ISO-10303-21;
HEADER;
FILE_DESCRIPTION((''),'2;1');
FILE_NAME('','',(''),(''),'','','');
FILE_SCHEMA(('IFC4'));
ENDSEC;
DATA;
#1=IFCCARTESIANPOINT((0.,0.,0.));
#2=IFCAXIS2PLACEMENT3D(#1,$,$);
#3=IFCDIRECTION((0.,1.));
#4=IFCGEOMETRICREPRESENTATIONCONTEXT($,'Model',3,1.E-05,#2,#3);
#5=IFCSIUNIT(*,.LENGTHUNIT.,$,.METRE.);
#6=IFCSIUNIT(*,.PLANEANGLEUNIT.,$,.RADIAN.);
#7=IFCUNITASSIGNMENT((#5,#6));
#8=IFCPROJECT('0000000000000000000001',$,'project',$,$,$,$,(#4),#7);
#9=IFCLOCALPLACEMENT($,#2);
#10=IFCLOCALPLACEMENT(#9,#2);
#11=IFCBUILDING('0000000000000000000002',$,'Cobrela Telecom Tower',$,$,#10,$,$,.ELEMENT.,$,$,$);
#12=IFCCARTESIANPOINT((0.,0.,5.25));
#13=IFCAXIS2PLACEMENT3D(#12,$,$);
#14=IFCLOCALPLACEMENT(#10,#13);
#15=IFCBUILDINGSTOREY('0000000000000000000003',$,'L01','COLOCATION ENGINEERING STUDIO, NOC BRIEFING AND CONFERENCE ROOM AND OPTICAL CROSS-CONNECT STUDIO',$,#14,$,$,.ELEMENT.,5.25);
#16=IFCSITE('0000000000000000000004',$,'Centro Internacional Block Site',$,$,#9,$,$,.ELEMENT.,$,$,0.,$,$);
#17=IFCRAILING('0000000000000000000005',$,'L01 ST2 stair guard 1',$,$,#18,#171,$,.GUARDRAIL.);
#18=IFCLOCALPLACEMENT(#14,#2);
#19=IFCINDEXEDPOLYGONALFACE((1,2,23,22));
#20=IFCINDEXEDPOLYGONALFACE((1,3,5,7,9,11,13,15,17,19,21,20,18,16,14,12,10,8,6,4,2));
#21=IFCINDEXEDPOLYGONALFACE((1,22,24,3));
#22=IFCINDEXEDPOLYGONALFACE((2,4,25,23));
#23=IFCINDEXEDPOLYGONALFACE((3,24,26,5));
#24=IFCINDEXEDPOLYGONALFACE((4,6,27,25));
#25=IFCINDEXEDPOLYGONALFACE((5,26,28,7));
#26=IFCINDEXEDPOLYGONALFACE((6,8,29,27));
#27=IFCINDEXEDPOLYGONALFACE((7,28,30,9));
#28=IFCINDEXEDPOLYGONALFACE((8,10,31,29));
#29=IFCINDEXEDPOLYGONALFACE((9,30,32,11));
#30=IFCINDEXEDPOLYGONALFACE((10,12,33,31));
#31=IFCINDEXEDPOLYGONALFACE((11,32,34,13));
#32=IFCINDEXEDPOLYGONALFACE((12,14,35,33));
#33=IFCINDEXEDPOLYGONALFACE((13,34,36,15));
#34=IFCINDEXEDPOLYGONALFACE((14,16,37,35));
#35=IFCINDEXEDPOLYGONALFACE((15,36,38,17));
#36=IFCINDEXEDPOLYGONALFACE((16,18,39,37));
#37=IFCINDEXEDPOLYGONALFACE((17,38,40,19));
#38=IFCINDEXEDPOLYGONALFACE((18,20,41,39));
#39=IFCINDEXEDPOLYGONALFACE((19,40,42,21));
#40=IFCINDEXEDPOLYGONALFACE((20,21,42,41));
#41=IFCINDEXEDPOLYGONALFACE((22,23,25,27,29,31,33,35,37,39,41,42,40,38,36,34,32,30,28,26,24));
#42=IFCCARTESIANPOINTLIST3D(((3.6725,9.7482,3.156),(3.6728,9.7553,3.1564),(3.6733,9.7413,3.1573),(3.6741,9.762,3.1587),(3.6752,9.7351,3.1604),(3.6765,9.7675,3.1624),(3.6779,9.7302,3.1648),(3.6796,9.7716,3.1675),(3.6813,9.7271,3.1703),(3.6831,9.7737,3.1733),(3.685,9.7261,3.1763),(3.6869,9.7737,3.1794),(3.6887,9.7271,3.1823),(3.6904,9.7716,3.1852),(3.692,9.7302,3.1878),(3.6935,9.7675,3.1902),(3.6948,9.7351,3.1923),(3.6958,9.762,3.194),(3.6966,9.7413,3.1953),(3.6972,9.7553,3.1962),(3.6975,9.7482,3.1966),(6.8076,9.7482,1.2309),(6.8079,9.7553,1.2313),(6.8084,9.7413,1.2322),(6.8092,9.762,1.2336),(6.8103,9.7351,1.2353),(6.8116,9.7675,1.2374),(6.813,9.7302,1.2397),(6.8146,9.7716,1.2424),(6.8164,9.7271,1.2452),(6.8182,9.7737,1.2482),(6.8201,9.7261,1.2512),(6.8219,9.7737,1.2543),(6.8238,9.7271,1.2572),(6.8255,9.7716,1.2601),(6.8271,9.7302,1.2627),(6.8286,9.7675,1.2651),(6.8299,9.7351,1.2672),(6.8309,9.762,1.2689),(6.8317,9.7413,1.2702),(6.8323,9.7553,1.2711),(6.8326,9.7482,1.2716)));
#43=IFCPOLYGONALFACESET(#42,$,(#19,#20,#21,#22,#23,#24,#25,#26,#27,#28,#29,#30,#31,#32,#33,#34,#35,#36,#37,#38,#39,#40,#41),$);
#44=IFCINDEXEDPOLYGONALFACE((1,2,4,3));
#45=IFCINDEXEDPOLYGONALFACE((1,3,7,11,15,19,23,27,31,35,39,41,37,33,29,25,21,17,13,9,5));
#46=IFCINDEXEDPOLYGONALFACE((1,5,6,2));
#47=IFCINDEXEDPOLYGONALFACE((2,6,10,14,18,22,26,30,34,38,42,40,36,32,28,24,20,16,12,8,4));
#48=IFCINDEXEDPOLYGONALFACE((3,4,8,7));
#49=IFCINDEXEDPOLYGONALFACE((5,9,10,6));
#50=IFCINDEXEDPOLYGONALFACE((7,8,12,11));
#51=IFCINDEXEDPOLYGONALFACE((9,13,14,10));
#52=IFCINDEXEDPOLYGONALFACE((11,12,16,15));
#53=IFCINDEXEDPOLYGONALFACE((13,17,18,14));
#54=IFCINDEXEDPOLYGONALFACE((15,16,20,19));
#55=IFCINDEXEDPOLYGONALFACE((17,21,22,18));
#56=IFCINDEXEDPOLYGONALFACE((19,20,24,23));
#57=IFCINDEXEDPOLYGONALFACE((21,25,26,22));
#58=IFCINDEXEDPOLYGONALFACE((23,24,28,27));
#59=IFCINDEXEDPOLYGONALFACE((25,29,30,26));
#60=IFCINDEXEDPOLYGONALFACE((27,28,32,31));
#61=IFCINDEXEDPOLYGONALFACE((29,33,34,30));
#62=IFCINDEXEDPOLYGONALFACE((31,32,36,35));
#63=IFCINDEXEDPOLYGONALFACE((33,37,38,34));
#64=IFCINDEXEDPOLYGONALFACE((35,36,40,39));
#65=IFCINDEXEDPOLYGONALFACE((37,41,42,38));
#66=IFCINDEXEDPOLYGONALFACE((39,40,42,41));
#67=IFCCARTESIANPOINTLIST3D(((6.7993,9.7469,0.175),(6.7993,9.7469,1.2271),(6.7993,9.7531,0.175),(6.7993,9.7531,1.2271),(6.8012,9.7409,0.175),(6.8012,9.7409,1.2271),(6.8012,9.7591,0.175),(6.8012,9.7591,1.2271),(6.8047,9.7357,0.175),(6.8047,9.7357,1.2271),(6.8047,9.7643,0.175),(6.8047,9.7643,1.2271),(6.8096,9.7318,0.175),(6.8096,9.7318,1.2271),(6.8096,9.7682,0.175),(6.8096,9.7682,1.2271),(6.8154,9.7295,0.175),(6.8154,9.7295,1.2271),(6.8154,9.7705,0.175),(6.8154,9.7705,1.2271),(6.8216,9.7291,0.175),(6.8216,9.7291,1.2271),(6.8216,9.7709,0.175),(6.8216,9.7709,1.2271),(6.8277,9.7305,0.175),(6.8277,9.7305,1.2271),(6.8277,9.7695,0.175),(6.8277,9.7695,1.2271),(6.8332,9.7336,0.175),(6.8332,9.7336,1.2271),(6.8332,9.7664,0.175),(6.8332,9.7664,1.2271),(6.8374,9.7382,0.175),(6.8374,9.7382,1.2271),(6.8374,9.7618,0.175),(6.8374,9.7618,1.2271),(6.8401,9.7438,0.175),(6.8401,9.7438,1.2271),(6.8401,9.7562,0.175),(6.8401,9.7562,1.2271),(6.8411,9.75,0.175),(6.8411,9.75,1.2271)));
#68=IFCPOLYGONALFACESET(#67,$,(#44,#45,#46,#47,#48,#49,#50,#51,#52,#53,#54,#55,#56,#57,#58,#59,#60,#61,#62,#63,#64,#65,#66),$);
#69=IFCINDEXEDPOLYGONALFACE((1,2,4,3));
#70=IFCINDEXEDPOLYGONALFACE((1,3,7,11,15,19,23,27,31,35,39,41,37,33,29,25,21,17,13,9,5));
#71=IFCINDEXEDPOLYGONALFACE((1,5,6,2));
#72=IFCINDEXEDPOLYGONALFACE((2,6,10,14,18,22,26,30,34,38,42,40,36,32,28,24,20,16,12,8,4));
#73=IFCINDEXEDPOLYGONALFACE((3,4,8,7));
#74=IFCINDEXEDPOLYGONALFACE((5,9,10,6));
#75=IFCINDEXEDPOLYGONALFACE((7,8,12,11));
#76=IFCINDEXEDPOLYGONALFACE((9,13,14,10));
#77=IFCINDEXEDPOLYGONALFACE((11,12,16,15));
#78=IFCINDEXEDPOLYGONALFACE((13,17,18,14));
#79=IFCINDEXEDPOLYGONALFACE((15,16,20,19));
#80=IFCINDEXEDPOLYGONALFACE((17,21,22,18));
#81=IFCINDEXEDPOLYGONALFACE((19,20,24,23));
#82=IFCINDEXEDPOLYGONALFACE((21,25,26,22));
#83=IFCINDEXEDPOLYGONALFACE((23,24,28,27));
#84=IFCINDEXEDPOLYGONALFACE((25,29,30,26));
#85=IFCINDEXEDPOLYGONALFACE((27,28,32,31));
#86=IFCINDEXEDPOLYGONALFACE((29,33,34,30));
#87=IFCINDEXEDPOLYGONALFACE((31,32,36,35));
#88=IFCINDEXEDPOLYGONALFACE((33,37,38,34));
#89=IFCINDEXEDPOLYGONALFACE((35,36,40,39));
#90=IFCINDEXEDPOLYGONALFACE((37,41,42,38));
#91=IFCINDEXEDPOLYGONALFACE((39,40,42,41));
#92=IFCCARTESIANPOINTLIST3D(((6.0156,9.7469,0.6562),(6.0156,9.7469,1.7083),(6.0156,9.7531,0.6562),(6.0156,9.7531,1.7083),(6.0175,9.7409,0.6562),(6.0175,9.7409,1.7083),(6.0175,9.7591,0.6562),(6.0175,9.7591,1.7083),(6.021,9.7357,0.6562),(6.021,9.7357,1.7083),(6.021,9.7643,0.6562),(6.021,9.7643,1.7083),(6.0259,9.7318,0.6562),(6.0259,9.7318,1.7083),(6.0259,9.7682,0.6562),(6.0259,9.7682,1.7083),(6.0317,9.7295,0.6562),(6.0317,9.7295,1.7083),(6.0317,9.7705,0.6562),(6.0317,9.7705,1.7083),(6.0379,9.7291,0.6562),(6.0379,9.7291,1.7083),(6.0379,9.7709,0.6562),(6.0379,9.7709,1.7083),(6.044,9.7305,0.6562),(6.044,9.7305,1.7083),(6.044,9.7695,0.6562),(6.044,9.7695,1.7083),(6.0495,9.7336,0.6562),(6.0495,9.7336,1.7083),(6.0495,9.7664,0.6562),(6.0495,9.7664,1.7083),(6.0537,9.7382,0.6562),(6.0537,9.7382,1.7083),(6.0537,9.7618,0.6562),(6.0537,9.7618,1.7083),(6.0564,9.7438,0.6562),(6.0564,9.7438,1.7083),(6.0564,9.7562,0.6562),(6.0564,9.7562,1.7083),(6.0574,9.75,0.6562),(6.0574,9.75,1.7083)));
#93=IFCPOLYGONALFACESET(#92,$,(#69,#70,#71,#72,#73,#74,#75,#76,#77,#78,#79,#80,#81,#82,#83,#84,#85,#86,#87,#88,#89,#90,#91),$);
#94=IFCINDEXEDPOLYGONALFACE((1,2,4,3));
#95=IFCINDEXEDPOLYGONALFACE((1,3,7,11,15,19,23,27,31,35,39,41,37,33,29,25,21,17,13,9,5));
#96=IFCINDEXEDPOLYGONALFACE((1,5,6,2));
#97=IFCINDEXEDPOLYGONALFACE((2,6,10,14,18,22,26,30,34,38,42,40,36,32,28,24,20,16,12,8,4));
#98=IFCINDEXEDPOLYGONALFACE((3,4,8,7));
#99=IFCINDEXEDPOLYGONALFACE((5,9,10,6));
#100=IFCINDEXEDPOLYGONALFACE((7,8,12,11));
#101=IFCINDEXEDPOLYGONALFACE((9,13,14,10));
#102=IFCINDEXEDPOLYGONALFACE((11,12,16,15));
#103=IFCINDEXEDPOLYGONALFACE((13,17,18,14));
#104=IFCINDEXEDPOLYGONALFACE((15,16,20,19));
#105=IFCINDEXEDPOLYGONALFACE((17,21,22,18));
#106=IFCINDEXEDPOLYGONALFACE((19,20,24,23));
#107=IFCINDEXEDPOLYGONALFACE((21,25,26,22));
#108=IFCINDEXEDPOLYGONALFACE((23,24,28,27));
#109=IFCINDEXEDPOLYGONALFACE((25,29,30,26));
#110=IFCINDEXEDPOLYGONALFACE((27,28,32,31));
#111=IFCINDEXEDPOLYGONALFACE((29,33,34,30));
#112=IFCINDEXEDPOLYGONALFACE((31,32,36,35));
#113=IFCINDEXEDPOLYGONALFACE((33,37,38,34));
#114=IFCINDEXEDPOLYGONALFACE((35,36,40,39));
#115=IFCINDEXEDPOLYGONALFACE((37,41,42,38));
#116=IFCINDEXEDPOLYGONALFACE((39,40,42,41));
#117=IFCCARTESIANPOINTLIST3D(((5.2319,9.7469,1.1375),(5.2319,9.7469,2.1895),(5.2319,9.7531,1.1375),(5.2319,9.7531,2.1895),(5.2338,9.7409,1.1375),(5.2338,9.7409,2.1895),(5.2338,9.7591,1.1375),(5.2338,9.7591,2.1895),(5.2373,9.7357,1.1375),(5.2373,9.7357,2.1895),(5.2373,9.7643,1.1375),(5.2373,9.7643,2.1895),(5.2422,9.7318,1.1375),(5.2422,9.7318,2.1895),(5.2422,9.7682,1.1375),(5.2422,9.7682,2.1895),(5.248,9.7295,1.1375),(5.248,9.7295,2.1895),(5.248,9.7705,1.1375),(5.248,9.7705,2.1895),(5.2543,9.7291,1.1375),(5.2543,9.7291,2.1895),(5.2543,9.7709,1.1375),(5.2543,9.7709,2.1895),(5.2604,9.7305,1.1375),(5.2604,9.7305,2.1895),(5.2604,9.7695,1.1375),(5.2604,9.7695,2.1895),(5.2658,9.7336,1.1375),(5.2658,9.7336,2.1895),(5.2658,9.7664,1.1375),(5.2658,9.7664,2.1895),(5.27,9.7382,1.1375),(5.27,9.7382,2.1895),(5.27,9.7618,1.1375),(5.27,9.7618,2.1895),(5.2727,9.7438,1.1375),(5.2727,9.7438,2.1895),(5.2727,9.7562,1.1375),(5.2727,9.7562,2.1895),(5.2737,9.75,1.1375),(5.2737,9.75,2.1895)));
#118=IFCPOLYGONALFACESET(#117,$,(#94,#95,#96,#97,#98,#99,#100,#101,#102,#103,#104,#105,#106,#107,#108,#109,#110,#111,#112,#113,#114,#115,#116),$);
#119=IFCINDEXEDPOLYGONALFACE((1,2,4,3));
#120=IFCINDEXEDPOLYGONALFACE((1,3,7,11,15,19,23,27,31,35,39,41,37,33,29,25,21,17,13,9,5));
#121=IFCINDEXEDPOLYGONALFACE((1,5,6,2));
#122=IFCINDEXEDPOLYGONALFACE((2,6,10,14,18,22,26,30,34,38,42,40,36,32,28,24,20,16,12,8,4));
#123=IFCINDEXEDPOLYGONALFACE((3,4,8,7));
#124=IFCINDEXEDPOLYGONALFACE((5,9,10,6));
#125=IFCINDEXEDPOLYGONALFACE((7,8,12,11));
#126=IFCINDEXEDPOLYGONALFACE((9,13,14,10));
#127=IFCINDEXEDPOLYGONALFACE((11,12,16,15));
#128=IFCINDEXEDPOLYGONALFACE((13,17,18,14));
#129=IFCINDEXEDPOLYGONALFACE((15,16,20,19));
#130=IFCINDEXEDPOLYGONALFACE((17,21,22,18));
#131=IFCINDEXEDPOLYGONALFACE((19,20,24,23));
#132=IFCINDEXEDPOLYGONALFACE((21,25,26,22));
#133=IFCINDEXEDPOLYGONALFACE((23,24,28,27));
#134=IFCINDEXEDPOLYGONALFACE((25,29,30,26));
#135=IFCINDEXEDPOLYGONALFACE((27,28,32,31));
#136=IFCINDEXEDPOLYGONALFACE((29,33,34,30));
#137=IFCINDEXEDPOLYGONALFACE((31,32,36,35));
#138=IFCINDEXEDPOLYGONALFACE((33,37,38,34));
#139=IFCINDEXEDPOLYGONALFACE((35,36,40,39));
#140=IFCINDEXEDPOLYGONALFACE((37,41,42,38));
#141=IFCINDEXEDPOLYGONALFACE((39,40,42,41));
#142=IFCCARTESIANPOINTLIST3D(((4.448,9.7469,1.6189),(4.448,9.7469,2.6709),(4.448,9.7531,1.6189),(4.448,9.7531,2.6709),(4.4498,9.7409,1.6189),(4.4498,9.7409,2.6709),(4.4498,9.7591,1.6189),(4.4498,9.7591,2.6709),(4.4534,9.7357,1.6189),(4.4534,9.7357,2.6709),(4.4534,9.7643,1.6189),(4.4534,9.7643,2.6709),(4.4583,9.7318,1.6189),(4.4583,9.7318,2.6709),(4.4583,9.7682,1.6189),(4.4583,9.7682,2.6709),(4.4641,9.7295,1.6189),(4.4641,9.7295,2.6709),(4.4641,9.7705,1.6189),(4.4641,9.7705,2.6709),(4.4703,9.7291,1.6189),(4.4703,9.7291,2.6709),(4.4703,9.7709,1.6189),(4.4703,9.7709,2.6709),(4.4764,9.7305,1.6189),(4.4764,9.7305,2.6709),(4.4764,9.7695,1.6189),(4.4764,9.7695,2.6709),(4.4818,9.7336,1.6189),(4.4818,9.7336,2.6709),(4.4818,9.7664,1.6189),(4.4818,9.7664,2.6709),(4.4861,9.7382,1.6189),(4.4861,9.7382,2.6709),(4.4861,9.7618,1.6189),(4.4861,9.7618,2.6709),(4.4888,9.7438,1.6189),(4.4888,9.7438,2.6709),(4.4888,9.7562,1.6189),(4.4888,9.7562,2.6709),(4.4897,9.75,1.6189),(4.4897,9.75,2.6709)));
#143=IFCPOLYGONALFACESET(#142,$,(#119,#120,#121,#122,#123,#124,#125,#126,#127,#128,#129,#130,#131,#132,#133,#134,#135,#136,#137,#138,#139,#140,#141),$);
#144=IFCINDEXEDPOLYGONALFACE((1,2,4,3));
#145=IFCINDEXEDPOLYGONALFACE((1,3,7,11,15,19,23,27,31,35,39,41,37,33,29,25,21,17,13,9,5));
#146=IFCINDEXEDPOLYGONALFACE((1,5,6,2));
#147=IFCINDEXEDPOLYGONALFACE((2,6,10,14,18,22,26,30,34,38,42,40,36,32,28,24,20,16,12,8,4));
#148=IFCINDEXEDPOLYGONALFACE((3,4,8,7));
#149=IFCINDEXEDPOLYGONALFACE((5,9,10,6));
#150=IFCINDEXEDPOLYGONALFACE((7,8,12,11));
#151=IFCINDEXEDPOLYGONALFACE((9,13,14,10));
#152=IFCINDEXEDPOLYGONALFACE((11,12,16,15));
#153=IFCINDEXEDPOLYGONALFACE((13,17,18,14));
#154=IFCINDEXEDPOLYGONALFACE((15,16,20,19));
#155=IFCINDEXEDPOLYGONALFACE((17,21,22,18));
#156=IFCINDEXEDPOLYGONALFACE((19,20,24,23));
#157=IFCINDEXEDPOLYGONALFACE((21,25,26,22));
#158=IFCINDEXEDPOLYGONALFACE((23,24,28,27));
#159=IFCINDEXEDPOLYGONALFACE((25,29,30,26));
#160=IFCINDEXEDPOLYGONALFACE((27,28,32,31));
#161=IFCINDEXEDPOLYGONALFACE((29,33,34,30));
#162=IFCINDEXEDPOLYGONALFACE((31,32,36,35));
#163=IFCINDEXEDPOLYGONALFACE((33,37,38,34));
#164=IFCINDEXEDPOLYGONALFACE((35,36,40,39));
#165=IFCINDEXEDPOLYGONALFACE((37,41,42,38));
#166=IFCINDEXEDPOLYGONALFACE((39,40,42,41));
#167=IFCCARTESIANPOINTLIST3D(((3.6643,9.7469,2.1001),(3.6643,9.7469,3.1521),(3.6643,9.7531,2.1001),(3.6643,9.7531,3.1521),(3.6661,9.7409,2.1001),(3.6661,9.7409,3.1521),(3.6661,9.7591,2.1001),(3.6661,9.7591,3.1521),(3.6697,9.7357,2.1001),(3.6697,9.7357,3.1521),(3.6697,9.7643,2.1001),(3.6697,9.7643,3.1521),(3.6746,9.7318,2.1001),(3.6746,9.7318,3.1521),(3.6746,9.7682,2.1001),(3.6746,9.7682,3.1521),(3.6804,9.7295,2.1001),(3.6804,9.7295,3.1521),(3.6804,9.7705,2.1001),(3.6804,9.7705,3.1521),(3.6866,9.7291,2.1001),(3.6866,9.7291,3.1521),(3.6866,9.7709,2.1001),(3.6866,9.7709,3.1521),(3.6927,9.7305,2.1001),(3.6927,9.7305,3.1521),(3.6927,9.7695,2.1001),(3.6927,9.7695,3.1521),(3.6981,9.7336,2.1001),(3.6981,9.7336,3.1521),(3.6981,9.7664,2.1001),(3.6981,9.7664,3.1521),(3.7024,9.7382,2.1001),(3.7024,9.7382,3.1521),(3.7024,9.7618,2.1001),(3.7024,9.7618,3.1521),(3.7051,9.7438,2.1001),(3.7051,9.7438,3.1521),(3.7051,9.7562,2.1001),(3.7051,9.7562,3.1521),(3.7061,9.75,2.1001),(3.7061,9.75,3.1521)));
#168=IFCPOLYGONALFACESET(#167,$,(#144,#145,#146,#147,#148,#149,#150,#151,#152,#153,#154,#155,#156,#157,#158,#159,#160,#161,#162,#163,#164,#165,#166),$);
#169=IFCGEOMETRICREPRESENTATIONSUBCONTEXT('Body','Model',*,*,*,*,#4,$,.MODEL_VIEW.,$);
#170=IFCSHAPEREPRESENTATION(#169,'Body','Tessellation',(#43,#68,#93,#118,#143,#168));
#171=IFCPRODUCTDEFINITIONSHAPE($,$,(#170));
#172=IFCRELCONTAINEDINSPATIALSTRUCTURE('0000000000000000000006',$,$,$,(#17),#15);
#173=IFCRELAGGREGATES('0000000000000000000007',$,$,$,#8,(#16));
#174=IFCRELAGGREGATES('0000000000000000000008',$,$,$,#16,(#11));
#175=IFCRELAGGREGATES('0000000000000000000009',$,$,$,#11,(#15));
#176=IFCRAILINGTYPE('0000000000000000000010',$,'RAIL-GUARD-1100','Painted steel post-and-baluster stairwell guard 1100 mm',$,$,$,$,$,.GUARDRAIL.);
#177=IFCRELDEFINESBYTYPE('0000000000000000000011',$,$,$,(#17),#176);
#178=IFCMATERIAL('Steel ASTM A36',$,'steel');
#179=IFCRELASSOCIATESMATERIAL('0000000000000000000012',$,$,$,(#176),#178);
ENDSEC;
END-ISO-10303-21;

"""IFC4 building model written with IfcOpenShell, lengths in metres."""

from ifc_helpers import new_model, si_unit, direction, frame, origin, origin_2d, place, context, subcontext, project, spatial, circle, extrude, material, type_object, element, save


model = new_model("IFC4")

# Units and contexts
model_context = context("Model", 3, precision=1e-05, world=origin(), true_north=direction((0.0, 1.0)))
body_context = subcontext(model_context, "Body", "Model", "MODEL_VIEW")
ifc_project = project(units=[si_unit("LENGTHUNIT", "METRE"), si_unit("PLANEANGLEUNIT", "RADIAN")], contexts=[model_context])

# Site, building, storey
site_placement = place(None, origin())
site = spatial("IfcSite", under=ifc_project, at=site_placement, Name="Centro Internacional Block Site", CompositionType="ELEMENT", RefElevation=0.0)
building_placement = place(site_placement, origin())
building = spatial("IfcBuilding", under=site, at=building_placement, Name="Cobrela Telecom Tower", CompositionType="ELEMENT")
storey_placement = place(building_placement, frame((0.0, 0.0, 5.25)))
storey = spatial("IfcBuildingStorey", under=building, at=storey_placement, Name="L01", Description="COLOCATION ENGINEERING STUDIO, NOC BRIEFING AND CONFERENCE ROOM AND OPTICAL CROSS-CONNECT STUDIO", CompositionType="ELEMENT", Elevation=5.25)

# Railing
ifc_material_1 = material(Name="Steel ASTM A36", Category="steel")
railing_type_1 = type_object("IfcRailingType", Name="RAIL-GUARD-1100", Description="Painted steel post-and-baluster stairwell guard 1100 mm", PredefinedType="GUARDRAIL", material=ifc_material_1)
railing_1_placement = place(storey_placement, frame((6.8201, 9.75, 0.175)))
element("IfcRailing", 1, at=railing_1_placement, inside=storey, type_object=railing_type_1, Name="L01 ST2 stair guard 1", PredefinedType="GUARDRAIL", context=body_context, shape_type="SweptSolid", body=[
    extrude(circle(Radius=0.0239, at=origin_2d()), frame((0.0, 0.0, 1.0762), z_axis=(-0.852166, 0.0, 0.523271), x_axis=(0.0, -1.0, 0.0)), (0.0, 0.0, 1.0), 3.679),
    extrude(circle(Radius=0.021, at=origin_2d()), origin(), (0.0, 0.0, 1.0), 1.052),
    extrude(circle(Radius=0.021, at=origin_2d()), frame((-0.7837, 0.0, 0.4812)), (0.0, 0.0, 1.0), 1.052),
    extrude(circle(Radius=0.021, at=origin_2d()), frame((-1.5674, 0.0, 0.9624)), (0.0, 0.0, 1.0), 1.052),
    extrude(circle(Radius=0.021, at=origin_2d()), frame((-2.3513, 0.0, 1.4438)), (0.0, 0.0, 1.0), 1.052),
    extrude(circle(Radius=0.021, at=origin_2d()), frame((-3.135, 0.0, 1.925)), (0.0, 0.0, 1.0), 1.052),
])

save(model, "model.ifc")
